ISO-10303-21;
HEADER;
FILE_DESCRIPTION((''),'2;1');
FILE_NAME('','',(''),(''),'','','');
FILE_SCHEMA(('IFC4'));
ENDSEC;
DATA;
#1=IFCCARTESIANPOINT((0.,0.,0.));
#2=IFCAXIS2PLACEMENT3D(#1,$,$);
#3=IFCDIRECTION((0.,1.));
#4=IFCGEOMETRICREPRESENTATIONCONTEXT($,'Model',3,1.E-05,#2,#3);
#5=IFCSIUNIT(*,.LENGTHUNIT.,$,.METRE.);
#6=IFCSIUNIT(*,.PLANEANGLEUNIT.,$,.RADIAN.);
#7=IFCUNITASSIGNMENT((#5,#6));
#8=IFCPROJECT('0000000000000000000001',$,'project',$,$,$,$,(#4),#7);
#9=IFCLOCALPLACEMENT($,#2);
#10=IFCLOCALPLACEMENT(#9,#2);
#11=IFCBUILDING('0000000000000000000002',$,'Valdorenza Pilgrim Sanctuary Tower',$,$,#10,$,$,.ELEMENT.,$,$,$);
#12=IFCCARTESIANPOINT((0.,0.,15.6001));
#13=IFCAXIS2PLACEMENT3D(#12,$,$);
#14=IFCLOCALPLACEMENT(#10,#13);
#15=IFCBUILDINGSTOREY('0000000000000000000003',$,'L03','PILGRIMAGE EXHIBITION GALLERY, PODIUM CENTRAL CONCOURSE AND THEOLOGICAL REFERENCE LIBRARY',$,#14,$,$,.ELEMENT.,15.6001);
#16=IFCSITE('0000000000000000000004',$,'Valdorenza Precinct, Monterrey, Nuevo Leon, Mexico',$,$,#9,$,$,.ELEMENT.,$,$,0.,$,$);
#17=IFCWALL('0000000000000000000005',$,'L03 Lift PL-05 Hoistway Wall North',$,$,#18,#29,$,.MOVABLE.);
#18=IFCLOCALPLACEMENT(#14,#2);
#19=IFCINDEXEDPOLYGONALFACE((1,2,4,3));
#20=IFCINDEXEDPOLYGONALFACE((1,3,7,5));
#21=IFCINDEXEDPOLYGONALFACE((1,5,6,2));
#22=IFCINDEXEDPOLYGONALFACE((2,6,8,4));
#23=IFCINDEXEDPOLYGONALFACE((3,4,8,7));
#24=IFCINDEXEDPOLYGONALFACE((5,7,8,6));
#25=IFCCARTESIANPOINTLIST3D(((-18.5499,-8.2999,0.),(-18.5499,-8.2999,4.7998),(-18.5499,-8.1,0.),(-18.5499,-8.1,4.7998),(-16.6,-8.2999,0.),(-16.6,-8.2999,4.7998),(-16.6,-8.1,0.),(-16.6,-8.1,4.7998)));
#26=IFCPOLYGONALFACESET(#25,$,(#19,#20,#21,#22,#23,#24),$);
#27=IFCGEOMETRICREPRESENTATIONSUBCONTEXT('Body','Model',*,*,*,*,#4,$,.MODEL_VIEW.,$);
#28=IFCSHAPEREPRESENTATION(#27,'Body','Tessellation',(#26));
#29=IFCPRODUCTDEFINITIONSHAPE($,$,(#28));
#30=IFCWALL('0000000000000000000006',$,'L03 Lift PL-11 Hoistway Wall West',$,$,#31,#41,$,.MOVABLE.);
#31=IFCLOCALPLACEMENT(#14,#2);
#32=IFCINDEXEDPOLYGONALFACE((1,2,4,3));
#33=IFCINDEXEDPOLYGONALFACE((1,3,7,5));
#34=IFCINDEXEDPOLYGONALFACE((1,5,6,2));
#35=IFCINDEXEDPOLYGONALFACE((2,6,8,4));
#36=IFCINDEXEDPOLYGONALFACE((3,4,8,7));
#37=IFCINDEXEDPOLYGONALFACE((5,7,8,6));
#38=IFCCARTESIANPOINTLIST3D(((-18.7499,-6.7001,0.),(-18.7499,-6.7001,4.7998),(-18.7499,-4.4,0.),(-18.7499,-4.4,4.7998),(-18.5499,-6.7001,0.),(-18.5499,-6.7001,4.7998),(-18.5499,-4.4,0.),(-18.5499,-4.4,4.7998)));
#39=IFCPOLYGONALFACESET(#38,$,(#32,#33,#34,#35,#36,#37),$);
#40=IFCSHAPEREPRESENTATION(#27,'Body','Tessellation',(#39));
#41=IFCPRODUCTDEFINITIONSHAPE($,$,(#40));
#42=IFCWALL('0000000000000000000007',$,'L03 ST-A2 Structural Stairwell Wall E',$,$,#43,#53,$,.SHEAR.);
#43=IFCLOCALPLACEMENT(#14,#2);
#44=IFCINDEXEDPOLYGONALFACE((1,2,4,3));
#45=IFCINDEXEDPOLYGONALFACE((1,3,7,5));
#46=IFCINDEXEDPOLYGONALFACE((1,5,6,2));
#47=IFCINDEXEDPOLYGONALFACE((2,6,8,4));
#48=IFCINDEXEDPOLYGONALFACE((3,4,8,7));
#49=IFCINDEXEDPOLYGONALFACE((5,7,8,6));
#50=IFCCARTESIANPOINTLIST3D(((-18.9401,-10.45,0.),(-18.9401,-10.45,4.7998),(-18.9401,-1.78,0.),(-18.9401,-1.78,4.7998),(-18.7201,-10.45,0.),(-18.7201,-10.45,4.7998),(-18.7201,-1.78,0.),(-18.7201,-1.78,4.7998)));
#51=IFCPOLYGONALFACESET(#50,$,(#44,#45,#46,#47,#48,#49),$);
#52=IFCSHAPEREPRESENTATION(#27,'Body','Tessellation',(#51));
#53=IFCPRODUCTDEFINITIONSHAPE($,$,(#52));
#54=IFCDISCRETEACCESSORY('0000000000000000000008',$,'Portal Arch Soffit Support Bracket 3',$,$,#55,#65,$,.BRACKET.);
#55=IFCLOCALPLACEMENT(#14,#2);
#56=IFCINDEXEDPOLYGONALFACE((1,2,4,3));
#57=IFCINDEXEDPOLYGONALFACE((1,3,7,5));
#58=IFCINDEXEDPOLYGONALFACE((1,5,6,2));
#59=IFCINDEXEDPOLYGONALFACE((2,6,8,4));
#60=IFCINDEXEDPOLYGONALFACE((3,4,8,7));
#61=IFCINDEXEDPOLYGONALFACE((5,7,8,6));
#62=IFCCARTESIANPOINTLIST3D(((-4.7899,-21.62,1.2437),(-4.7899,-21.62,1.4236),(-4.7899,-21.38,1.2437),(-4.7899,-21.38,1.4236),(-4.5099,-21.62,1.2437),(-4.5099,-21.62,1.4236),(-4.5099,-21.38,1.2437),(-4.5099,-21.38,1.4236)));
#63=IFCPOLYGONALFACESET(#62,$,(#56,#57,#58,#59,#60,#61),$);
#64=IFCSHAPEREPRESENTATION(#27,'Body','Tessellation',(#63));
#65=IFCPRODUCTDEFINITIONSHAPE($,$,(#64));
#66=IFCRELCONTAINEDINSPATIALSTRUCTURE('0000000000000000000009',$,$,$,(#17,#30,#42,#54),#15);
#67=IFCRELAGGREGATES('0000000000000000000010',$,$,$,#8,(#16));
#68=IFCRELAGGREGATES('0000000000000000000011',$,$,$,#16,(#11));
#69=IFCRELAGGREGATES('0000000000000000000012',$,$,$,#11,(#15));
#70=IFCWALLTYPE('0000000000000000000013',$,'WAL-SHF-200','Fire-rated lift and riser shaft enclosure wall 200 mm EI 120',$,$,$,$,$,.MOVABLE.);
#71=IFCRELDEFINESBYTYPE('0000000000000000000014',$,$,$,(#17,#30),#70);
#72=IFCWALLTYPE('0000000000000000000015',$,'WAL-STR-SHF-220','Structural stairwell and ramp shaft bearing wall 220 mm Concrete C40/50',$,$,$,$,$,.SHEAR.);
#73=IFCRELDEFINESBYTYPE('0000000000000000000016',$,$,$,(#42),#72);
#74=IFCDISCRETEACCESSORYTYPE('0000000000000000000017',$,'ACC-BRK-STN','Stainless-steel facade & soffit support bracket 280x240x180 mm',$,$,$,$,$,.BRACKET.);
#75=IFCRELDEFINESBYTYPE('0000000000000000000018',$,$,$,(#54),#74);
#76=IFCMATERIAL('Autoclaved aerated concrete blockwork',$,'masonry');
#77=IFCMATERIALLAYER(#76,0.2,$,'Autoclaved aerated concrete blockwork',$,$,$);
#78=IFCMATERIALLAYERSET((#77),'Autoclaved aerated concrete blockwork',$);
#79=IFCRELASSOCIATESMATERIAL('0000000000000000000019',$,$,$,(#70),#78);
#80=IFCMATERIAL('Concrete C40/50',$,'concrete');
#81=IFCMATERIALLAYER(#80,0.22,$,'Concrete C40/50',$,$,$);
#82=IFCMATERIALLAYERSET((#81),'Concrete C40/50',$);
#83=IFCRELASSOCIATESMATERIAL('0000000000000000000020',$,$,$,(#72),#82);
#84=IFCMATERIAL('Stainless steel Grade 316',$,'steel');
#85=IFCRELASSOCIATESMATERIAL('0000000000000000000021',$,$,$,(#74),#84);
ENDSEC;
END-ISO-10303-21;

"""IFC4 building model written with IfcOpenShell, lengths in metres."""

from ifc_helpers import new_model, si_unit, direction, frame, frame_2d, origin, origin_2d, place, context, subcontext, project, spatial, rectangle, extrude, source, transform, mapped, material, layer, layer_set, type_object, element, save


model = new_model("IFC4")

# Units and contexts
model_context = context("Model", 3, precision=1e-05, world=origin(), true_north=direction((0.0, 1.0)))
body_context = subcontext(model_context, "Body", "Model", "MODEL_VIEW")
ifc_project = project(units=[si_unit("LENGTHUNIT", "METRE"), si_unit("PLANEANGLEUNIT", "RADIAN")], contexts=[model_context])

# Site, building, storey
site_placement = place(None, origin())
site = spatial("IfcSite", under=ifc_project, at=site_placement, Name="Valdorenza Precinct, Monterrey, Nuevo Leon, Mexico", CompositionType="ELEMENT", RefElevation=0.0)
building_placement = place(site_placement, origin())
building = spatial("IfcBuilding", under=site, at=building_placement, Name="Valdorenza Pilgrim Sanctuary Tower", CompositionType="ELEMENT")
storey_placement = place(building_placement, frame((0.0, 0.0, 15.6001)))
storey = spatial("IfcBuildingStorey", under=building, at=storey_placement, Name="L03", Description="PILGRIMAGE EXHIBITION GALLERY, PODIUM CENTRAL CONCOURSE AND THEOLOGICAL REFERENCE LIBRARY", CompositionType="ELEMENT", Elevation=15.6001)

# Shared definitions
ifc_material_1 = material(Name="Autoclaved aerated concrete blockwork", Category="masonry")
ifc_layer_1 = layer(ifc_material_1, 0.2, Name="Autoclaved aerated concrete blockwork")
ifc_layer_set_1 = layer_set([ifc_layer_1], Name="Autoclaved aerated concrete blockwork")
wall_type_1 = type_object("IfcWallType", Name="WAL-SHF-200", Description="Fire-rated lift and riser shaft enclosure wall 200 mm EI 120", PredefinedType="MOVABLE", material=ifc_layer_set_1)

# Walls
wall_1_placement = place(storey_placement, frame((-18.55, -8.2, 0.0), z_axis=(0.0, 0.0, 1.0), x_axis=(1.0, 0.0, 0.0)))
element("IfcWall", 1, at=wall_1_placement, inside=storey, type_object=wall_type_1, Name="L03 Lift PL-05 Hoistway Wall North", PredefinedType="MOVABLE", context=body_context, shape_type="SweptSolid", body=[
    extrude(rectangle(XDim=1.95, YDim=0.2, at=frame_2d((0.9751, 0.0))), origin(), (0.0, 0.0, 1.0), 4.7998),
])
wall_2_placement = place(storey_placement, frame((-18.6499, -6.7, 0.0), z_axis=(0.0, 0.0, 1.0), x_axis=(0.0, 1.0, 0.0)))
element("IfcWall", 2, at=wall_2_placement, inside=storey, type_object=wall_type_1, Name="L03 Lift PL-11 Hoistway Wall West", PredefinedType="MOVABLE", context=body_context, shape_type="SweptSolid", body=[
    extrude(rectangle(XDim=2.3, YDim=0.2, at=frame_2d((1.1499, 0.0))), origin(), (0.0, 0.0, 1.0), 4.7998),
])
ifc_material_2 = material(Name="Concrete C40/50", Category="concrete")
ifc_layer_2 = layer(ifc_material_2, 0.22, Name="Concrete C40/50")
ifc_layer_set_2 = layer_set([ifc_layer_2], Name="Concrete C40/50")
wall_type_2 = type_object("IfcWallType", Name="WAL-STR-SHF-220", Description="Structural stairwell and ramp shaft bearing wall 220 mm Concrete C40/50", PredefinedType="SHEAR", material=ifc_layer_set_2)
wall_3_placement = place(storey_placement, frame((-18.8301, -10.45, 0.0), z_axis=(0.0, 0.0, 1.0), x_axis=(0.0, 1.0, 0.0)))
element("IfcWall", 3, at=wall_3_placement, inside=storey, type_object=wall_type_2, Name="L03 ST-A2 Structural Stairwell Wall E", PredefinedType="SHEAR", context=body_context, shape_type="SweptSolid", body=[
    extrude(rectangle(XDim=8.6699, YDim=0.22, at=frame_2d((4.335, 0.0))), origin(), (0.0, 0.0, 1.0), 4.7998),
])

# Discrete accessory
ifc_material_3 = material(Name="Stainless steel Grade 316", Category="steel")
discrete_accessory_type = type_object("IfcDiscreteAccessoryType", Name="ACC-BRK-STN", Description="Stainless-steel facade & soffit support bracket 280x240x180 mm", PredefinedType="BRACKET", material=ifc_material_3)
shared_shape_1 = source(origin(), body_context, "Body", "SweptSolid", [
    extrude(rectangle(XDim=0.28, YDim=0.24, at=origin_2d()), origin(), (0.0, 0.0, 1.0), 0.1799),
])
discrete_accessory_placement = place(storey_placement, frame((-4.6499, -21.5, 1.2437), z_axis=(0.0, 0.0, 1.0), x_axis=(1.0, 0.0, 0.0)))
element("IfcDiscreteAccessory", 4, at=discrete_accessory_placement, inside=storey, type_object=discrete_accessory_type, Name="Portal Arch Soffit Support Bracket 3", PredefinedType="BRACKET", context=body_context, shape_type="MappedRepresentation", body=[
    mapped(shared_shape_1, transform((0.0, 0.0, 0.0), x_axis=(1.0, 0.0, 0.0), y_axis=(0.0, 1.0, 0.0), z_axis=(0.0, 0.0, 1.0), scale=1.0)),
])

save(model, "model.ifc")
